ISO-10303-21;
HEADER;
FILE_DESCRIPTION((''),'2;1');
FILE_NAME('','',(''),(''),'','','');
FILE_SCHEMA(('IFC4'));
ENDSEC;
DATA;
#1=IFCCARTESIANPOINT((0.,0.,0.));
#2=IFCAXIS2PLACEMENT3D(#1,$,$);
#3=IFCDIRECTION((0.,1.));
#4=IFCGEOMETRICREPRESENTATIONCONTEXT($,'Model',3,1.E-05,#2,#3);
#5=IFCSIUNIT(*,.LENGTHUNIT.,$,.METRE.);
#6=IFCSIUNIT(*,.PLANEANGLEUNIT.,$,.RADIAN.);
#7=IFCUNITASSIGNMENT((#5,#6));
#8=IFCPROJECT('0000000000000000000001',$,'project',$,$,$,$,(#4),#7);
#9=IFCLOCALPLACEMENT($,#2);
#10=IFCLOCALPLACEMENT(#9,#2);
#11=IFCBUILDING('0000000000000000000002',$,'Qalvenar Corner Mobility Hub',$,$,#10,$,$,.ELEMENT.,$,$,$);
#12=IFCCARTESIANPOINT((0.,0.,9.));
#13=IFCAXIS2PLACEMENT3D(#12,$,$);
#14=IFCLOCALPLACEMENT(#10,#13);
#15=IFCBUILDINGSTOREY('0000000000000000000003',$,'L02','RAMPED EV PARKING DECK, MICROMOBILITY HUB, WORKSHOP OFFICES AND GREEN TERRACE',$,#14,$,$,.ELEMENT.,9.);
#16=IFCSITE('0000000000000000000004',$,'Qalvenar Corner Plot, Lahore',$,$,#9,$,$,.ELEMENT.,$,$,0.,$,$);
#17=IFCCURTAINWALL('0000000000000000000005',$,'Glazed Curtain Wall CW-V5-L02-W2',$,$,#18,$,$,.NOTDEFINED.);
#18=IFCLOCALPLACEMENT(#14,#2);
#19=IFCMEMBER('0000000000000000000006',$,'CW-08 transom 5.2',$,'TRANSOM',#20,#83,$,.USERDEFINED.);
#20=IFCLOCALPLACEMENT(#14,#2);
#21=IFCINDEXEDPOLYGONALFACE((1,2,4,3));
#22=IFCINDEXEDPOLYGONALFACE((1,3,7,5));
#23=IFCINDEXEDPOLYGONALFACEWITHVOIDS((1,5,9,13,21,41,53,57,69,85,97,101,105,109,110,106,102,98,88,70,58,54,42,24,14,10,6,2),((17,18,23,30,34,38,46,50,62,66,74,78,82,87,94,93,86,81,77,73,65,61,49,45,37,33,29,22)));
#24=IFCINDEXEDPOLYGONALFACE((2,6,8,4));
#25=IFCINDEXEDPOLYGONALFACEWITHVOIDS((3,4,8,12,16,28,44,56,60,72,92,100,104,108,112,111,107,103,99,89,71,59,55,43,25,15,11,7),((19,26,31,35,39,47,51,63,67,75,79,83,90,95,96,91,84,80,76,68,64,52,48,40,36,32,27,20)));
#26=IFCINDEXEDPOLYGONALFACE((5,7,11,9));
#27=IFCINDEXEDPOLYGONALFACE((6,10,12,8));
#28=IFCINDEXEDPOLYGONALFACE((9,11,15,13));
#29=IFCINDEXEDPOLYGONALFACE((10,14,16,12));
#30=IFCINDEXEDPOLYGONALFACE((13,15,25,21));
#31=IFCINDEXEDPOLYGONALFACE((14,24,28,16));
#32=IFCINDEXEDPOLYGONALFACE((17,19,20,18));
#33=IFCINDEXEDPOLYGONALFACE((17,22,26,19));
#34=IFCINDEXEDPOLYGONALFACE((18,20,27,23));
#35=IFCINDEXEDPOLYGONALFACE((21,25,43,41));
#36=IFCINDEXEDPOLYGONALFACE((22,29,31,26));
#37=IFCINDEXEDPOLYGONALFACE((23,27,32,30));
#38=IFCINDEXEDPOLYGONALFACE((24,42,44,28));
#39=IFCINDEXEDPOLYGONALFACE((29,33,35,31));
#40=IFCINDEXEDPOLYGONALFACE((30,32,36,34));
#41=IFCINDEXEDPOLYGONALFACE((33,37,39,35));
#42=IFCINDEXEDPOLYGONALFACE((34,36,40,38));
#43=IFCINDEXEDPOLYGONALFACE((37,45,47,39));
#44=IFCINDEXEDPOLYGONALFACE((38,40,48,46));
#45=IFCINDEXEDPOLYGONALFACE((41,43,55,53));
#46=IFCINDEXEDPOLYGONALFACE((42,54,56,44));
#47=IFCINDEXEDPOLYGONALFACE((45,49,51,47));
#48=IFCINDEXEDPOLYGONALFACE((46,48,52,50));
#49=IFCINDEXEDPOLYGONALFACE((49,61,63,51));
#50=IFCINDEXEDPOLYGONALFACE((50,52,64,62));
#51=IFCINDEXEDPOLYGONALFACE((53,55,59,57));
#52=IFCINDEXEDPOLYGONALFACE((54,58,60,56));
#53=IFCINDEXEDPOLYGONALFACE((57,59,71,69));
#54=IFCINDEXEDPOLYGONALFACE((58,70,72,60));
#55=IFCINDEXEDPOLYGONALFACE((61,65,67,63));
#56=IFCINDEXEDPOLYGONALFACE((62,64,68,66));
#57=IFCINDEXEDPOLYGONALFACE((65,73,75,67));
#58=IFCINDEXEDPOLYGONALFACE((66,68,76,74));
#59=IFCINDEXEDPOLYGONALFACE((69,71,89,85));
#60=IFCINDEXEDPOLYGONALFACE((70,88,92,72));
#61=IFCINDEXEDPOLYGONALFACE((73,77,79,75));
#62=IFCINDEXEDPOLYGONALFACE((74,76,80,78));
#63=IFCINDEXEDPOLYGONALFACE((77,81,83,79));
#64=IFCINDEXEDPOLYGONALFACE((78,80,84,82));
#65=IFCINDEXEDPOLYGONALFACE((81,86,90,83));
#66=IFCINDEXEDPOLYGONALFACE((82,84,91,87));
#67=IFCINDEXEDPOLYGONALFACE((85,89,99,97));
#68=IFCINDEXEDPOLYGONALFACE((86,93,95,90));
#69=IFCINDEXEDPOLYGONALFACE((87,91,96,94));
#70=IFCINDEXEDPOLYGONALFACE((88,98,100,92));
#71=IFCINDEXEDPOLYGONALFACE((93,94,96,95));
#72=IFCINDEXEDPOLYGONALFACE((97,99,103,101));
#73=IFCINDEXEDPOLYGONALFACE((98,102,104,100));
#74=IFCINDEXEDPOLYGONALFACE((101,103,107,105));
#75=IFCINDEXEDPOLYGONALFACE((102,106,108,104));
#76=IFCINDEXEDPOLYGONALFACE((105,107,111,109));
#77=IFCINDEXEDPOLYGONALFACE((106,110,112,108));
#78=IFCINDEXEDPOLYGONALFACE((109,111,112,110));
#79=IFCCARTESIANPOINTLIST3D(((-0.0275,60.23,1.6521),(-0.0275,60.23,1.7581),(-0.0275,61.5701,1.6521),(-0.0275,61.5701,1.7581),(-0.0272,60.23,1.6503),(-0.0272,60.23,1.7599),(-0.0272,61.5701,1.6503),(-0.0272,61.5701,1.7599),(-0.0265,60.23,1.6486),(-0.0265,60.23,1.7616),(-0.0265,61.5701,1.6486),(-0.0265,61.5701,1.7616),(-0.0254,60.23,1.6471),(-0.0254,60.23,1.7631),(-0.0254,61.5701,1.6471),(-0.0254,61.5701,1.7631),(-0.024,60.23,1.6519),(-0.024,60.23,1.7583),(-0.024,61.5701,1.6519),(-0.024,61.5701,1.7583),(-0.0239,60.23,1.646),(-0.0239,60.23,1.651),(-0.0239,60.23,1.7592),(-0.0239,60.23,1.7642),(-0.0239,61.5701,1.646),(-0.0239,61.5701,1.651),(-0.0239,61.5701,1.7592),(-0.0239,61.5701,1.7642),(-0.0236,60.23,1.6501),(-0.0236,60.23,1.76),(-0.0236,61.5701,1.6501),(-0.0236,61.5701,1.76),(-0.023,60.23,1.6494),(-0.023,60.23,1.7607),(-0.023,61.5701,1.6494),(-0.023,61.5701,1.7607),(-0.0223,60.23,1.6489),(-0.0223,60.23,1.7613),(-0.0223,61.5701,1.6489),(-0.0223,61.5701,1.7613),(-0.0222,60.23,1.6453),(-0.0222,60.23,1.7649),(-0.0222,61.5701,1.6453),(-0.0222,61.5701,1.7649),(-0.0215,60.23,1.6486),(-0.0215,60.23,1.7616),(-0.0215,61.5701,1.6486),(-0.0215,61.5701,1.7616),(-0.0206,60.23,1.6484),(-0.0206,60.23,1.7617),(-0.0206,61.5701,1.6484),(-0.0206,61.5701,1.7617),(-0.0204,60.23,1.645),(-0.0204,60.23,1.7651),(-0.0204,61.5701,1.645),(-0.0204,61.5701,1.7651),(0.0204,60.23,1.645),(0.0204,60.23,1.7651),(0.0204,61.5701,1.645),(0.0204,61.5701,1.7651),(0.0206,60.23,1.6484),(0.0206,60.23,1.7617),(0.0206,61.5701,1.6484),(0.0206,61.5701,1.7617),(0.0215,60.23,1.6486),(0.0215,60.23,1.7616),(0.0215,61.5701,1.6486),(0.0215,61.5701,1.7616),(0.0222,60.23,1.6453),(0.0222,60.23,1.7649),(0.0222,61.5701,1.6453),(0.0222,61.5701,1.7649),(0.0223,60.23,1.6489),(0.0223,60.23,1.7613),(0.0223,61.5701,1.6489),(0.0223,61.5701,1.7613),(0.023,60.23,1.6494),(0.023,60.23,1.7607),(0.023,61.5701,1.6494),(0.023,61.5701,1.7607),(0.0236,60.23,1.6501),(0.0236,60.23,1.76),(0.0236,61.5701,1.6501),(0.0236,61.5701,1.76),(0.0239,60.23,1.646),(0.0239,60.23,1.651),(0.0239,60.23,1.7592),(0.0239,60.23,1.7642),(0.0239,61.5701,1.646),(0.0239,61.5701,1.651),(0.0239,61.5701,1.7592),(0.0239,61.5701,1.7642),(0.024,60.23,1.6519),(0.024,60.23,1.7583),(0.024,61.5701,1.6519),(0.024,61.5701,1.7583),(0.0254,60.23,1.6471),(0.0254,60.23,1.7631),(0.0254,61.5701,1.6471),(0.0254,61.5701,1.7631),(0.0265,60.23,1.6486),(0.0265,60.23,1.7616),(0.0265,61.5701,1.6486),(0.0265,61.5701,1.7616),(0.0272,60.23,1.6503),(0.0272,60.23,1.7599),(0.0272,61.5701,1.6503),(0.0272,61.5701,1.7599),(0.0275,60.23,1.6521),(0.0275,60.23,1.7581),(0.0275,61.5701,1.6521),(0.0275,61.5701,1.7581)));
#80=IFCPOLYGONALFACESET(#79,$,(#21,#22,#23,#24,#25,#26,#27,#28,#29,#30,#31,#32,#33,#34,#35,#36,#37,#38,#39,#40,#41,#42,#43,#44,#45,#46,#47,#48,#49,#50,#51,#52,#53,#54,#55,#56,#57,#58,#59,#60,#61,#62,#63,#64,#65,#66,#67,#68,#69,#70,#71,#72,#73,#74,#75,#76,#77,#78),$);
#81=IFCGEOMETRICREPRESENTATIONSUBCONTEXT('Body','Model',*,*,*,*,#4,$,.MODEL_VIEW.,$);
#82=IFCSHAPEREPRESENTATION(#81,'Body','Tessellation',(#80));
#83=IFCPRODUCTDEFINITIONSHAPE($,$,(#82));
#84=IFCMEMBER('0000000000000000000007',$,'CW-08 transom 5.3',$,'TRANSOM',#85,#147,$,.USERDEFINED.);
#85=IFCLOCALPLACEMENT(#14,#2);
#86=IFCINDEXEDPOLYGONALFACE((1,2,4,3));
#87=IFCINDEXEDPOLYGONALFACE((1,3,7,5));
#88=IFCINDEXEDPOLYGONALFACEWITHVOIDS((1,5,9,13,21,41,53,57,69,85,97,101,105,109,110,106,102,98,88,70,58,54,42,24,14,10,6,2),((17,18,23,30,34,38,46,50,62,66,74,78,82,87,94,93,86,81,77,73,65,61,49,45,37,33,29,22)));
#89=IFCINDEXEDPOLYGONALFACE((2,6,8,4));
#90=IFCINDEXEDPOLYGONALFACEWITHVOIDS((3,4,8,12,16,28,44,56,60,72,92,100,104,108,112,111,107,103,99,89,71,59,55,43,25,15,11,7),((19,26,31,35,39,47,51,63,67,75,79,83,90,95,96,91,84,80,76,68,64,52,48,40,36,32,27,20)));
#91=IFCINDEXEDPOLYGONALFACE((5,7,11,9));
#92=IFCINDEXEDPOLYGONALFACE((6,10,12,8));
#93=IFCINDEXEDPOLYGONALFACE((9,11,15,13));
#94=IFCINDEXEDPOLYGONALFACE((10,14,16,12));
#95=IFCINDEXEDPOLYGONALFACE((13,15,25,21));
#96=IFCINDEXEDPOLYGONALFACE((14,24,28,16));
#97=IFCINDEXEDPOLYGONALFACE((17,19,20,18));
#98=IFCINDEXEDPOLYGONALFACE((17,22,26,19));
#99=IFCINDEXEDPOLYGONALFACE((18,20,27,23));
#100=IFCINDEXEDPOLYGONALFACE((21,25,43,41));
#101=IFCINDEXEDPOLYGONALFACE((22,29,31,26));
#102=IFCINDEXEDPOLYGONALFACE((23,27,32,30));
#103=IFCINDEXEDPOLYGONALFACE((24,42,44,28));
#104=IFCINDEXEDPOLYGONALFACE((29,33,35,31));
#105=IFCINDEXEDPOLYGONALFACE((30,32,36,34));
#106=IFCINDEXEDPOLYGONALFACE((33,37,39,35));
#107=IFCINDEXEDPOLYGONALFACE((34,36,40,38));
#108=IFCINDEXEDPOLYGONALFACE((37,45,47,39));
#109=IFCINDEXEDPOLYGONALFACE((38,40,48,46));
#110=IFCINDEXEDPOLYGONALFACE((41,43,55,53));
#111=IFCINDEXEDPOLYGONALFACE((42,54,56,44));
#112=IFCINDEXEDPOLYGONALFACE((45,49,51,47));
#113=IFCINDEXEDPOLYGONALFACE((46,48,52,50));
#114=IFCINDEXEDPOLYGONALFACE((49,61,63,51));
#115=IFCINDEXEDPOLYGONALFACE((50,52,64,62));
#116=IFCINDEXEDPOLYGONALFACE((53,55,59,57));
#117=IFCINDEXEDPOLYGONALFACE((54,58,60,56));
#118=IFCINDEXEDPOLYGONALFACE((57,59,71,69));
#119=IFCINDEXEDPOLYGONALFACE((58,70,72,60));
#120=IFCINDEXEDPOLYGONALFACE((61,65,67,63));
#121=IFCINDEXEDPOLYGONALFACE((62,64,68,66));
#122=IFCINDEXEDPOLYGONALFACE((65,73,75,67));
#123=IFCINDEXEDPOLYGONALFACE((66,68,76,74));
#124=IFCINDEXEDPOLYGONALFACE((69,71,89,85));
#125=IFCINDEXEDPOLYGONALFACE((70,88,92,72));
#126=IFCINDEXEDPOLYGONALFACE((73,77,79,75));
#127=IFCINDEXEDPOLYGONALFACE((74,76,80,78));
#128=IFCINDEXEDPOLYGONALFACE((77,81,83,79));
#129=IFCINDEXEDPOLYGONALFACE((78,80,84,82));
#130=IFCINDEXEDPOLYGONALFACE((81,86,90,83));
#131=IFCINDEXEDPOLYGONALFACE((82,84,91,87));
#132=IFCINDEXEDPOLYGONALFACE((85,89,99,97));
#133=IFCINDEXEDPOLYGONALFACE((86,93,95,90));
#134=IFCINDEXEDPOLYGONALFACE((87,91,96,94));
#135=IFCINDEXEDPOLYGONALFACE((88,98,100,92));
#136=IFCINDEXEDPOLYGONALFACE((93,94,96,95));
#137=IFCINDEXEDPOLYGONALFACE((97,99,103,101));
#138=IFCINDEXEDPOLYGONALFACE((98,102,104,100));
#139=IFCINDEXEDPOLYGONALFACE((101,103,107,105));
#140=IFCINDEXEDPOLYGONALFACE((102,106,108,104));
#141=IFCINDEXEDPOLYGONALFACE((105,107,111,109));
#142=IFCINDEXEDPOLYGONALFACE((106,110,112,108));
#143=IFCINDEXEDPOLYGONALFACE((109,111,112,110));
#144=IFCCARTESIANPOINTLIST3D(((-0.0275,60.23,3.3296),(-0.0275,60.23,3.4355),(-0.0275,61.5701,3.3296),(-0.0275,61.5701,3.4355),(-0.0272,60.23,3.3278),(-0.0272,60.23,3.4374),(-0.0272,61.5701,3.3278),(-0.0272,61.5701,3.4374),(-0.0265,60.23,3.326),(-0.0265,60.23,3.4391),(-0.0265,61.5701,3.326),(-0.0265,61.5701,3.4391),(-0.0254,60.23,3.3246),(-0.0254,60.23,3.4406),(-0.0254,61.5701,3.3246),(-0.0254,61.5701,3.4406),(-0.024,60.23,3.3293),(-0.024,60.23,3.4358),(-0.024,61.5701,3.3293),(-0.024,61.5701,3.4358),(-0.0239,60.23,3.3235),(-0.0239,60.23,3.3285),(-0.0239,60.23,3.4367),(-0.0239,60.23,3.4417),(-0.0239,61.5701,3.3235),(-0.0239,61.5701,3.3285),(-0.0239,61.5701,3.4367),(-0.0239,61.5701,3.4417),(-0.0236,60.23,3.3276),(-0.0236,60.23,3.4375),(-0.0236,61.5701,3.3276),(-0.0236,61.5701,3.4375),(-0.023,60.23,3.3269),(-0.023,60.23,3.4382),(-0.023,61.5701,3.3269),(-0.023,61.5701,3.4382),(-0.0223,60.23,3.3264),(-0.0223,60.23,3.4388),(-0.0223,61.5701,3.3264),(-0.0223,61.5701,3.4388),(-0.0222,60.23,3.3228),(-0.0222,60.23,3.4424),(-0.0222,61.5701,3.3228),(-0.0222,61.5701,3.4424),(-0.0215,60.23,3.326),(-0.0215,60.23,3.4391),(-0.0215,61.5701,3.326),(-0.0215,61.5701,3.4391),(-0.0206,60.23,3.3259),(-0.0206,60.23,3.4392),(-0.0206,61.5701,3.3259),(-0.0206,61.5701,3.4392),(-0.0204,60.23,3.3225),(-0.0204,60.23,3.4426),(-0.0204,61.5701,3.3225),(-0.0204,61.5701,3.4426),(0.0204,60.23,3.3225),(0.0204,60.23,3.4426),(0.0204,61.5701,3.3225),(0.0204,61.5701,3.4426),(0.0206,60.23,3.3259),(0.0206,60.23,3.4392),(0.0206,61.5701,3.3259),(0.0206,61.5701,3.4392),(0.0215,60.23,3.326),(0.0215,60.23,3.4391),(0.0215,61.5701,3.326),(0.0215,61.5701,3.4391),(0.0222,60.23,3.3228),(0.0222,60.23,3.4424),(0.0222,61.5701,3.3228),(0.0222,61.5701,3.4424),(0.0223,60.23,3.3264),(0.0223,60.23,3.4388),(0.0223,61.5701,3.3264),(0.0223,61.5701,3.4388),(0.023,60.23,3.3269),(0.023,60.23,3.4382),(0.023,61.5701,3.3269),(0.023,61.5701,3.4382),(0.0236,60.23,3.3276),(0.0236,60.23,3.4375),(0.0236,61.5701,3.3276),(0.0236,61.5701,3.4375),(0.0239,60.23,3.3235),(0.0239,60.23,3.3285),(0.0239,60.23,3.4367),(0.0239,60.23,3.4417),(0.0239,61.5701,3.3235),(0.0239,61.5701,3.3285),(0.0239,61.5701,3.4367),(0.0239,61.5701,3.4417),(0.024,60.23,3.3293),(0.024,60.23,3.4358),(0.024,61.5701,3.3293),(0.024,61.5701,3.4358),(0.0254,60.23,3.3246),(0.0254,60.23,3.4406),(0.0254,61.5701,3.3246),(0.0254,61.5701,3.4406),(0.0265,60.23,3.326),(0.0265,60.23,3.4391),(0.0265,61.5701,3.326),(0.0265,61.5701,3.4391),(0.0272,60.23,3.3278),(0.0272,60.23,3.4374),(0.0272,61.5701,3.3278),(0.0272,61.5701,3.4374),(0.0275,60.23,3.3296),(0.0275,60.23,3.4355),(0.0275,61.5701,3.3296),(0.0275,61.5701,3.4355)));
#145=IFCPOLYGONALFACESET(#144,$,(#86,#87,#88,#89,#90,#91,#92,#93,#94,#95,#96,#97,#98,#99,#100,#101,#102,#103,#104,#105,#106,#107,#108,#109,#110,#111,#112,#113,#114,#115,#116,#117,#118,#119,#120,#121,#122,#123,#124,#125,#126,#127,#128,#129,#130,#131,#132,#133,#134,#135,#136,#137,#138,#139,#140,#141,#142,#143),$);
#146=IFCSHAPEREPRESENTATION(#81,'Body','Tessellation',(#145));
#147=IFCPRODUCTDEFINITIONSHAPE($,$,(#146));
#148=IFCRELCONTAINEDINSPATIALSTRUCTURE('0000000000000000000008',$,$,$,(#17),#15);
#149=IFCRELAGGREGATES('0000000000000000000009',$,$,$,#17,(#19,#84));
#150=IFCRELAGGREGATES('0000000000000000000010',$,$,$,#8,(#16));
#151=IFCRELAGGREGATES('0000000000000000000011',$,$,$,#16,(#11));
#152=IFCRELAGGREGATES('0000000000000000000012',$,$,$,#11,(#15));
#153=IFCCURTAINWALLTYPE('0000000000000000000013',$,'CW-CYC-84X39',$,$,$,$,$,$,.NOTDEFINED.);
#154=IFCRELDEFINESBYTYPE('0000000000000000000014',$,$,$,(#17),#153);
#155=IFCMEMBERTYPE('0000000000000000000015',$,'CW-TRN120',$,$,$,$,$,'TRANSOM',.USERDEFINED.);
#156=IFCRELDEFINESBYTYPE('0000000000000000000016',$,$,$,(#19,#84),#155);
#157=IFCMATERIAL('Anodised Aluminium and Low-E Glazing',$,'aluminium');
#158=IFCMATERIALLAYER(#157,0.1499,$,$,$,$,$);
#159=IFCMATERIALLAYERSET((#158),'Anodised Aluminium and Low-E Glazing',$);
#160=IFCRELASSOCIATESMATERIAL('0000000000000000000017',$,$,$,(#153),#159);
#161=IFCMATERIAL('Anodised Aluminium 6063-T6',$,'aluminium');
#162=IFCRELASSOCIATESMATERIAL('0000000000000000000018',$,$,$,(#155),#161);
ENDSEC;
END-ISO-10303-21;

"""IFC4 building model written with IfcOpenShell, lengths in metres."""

from ifc_helpers import new_model, si_unit, direction, frame, origin, origin_2d, place, context, subcontext, project, spatial, hollow_rectangle, extrude, material, layer, layer_set, material_profile, profile_set, type_object, element, aggregate, save


model = new_model("IFC4")

# Units and contexts
model_context = context("Model", 3, precision=1e-05, world=origin(), true_north=direction((0.0, 1.0)))
body_context = subcontext(model_context, "Body", "Model", "MODEL_VIEW")
ifc_project = project(units=[si_unit("LENGTHUNIT", "METRE"), si_unit("PLANEANGLEUNIT", "RADIAN")], contexts=[model_context])

# Site, building, storey
site_placement = place(None, origin())
site = spatial("IfcSite", under=ifc_project, at=site_placement, Name="Qalvenar Corner Plot, Lahore", CompositionType="ELEMENT", RefElevation=0.0)
building_placement = place(site_placement, origin())
building = spatial("IfcBuilding", under=site, at=building_placement, Name="Qalvenar Corner Mobility Hub", CompositionType="ELEMENT")
storey_placement = place(building_placement, frame((0.0, 0.0, 9.0)))
storey = spatial("IfcBuildingStorey", under=building, at=storey_placement, Name="L02", Description="RAMPED EV PARKING DECK, MICROMOBILITY HUB, WORKSHOP OFFICES AND GREEN TERRACE", CompositionType="ELEMENT", Elevation=9.0)

# Curtain wall, members
ifc_material_1 = material(Name="Anodised Aluminium and Low-E Glazing", Category="aluminium")
ifc_layer_1 = layer(ifc_material_1, 0.1499)
ifc_layer_set_1 = layer_set([ifc_layer_1], Name="Anodised Aluminium and Low-E Glazing")
curtain_wall_type = type_object("IfcCurtainWallType", Name="CW-CYC-84X39", PredefinedType="NOTDEFINED", material=ifc_layer_set_1)
curtain_wall_placement = place(storey_placement, origin())
curtain_wall = element("IfcCurtainWall", 1, at=curtain_wall_placement, inside=storey, type_object=curtain_wall_type, Name="Glazed Curtain Wall CW-V5-L02-W2", PredefinedType="NOTDEFINED")
ifc_material_2 = material(Name="Anodised Aluminium 6063-T6", Category="aluminium")
ifc_material_profile_1 = material_profile(ifc_material_2, hollow_rectangle(XDim=0.0549, YDim=0.1201, WallThickness=0.0034, InnerFilletRadius=0.0034, OuterFilletRadius=0.0071, at=origin_2d()), Name="RHS120x55x3.5")
ifc_profile_set_1 = profile_set([ifc_material_profile_1], Name="Anodised Aluminium 6063-T6")
member_type_1 = type_object("IfcMemberType", Name="CW-TRN120", ElementType="TRANSOM", PredefinedType="USERDEFINED", material=ifc_profile_set_1)
member_1_placement = place(storey_placement, frame((0.0, 61.5701, 1.7051), z_axis=(0.0, -1.0, 0.0), x_axis=(1.0, 0.0, 0.0)))
member_1 = element("IfcMember", 2, at=member_1_placement, type_object=member_type_1, Name="CW-08 transom 5.2", ObjectType="TRANSOM", PredefinedType="USERDEFINED", context=body_context, shape_type="SweptSolid", body=[
    extrude(hollow_rectangle(XDim=0.0549, YDim=0.1201, WallThickness=0.0034, InnerFilletRadius=0.0034, OuterFilletRadius=0.0071, at=origin_2d()), origin(), (0.0, 0.0, 1.0), 1.3401),
])
member_2_placement = place(storey_placement, frame((0.0, 61.5701, 3.3826), z_axis=(0.0, -1.0, 0.0), x_axis=(1.0, 0.0, 0.0)))
member_2 = element("IfcMember", 3, at=member_2_placement, type_object=member_type_1, Name="CW-08 transom 5.3", ObjectType="TRANSOM", PredefinedType="USERDEFINED", context=body_context, shape_type="SweptSolid", body=[
    extrude(hollow_rectangle(XDim=0.0549, YDim=0.1201, WallThickness=0.0034, InnerFilletRadius=0.0034, OuterFilletRadius=0.0071, at=origin_2d()), origin(), (0.0, 0.0, 1.0), 1.3401),
])

aggregate(curtain_wall, [member_1, member_2])

save(model, "model.ifc")
